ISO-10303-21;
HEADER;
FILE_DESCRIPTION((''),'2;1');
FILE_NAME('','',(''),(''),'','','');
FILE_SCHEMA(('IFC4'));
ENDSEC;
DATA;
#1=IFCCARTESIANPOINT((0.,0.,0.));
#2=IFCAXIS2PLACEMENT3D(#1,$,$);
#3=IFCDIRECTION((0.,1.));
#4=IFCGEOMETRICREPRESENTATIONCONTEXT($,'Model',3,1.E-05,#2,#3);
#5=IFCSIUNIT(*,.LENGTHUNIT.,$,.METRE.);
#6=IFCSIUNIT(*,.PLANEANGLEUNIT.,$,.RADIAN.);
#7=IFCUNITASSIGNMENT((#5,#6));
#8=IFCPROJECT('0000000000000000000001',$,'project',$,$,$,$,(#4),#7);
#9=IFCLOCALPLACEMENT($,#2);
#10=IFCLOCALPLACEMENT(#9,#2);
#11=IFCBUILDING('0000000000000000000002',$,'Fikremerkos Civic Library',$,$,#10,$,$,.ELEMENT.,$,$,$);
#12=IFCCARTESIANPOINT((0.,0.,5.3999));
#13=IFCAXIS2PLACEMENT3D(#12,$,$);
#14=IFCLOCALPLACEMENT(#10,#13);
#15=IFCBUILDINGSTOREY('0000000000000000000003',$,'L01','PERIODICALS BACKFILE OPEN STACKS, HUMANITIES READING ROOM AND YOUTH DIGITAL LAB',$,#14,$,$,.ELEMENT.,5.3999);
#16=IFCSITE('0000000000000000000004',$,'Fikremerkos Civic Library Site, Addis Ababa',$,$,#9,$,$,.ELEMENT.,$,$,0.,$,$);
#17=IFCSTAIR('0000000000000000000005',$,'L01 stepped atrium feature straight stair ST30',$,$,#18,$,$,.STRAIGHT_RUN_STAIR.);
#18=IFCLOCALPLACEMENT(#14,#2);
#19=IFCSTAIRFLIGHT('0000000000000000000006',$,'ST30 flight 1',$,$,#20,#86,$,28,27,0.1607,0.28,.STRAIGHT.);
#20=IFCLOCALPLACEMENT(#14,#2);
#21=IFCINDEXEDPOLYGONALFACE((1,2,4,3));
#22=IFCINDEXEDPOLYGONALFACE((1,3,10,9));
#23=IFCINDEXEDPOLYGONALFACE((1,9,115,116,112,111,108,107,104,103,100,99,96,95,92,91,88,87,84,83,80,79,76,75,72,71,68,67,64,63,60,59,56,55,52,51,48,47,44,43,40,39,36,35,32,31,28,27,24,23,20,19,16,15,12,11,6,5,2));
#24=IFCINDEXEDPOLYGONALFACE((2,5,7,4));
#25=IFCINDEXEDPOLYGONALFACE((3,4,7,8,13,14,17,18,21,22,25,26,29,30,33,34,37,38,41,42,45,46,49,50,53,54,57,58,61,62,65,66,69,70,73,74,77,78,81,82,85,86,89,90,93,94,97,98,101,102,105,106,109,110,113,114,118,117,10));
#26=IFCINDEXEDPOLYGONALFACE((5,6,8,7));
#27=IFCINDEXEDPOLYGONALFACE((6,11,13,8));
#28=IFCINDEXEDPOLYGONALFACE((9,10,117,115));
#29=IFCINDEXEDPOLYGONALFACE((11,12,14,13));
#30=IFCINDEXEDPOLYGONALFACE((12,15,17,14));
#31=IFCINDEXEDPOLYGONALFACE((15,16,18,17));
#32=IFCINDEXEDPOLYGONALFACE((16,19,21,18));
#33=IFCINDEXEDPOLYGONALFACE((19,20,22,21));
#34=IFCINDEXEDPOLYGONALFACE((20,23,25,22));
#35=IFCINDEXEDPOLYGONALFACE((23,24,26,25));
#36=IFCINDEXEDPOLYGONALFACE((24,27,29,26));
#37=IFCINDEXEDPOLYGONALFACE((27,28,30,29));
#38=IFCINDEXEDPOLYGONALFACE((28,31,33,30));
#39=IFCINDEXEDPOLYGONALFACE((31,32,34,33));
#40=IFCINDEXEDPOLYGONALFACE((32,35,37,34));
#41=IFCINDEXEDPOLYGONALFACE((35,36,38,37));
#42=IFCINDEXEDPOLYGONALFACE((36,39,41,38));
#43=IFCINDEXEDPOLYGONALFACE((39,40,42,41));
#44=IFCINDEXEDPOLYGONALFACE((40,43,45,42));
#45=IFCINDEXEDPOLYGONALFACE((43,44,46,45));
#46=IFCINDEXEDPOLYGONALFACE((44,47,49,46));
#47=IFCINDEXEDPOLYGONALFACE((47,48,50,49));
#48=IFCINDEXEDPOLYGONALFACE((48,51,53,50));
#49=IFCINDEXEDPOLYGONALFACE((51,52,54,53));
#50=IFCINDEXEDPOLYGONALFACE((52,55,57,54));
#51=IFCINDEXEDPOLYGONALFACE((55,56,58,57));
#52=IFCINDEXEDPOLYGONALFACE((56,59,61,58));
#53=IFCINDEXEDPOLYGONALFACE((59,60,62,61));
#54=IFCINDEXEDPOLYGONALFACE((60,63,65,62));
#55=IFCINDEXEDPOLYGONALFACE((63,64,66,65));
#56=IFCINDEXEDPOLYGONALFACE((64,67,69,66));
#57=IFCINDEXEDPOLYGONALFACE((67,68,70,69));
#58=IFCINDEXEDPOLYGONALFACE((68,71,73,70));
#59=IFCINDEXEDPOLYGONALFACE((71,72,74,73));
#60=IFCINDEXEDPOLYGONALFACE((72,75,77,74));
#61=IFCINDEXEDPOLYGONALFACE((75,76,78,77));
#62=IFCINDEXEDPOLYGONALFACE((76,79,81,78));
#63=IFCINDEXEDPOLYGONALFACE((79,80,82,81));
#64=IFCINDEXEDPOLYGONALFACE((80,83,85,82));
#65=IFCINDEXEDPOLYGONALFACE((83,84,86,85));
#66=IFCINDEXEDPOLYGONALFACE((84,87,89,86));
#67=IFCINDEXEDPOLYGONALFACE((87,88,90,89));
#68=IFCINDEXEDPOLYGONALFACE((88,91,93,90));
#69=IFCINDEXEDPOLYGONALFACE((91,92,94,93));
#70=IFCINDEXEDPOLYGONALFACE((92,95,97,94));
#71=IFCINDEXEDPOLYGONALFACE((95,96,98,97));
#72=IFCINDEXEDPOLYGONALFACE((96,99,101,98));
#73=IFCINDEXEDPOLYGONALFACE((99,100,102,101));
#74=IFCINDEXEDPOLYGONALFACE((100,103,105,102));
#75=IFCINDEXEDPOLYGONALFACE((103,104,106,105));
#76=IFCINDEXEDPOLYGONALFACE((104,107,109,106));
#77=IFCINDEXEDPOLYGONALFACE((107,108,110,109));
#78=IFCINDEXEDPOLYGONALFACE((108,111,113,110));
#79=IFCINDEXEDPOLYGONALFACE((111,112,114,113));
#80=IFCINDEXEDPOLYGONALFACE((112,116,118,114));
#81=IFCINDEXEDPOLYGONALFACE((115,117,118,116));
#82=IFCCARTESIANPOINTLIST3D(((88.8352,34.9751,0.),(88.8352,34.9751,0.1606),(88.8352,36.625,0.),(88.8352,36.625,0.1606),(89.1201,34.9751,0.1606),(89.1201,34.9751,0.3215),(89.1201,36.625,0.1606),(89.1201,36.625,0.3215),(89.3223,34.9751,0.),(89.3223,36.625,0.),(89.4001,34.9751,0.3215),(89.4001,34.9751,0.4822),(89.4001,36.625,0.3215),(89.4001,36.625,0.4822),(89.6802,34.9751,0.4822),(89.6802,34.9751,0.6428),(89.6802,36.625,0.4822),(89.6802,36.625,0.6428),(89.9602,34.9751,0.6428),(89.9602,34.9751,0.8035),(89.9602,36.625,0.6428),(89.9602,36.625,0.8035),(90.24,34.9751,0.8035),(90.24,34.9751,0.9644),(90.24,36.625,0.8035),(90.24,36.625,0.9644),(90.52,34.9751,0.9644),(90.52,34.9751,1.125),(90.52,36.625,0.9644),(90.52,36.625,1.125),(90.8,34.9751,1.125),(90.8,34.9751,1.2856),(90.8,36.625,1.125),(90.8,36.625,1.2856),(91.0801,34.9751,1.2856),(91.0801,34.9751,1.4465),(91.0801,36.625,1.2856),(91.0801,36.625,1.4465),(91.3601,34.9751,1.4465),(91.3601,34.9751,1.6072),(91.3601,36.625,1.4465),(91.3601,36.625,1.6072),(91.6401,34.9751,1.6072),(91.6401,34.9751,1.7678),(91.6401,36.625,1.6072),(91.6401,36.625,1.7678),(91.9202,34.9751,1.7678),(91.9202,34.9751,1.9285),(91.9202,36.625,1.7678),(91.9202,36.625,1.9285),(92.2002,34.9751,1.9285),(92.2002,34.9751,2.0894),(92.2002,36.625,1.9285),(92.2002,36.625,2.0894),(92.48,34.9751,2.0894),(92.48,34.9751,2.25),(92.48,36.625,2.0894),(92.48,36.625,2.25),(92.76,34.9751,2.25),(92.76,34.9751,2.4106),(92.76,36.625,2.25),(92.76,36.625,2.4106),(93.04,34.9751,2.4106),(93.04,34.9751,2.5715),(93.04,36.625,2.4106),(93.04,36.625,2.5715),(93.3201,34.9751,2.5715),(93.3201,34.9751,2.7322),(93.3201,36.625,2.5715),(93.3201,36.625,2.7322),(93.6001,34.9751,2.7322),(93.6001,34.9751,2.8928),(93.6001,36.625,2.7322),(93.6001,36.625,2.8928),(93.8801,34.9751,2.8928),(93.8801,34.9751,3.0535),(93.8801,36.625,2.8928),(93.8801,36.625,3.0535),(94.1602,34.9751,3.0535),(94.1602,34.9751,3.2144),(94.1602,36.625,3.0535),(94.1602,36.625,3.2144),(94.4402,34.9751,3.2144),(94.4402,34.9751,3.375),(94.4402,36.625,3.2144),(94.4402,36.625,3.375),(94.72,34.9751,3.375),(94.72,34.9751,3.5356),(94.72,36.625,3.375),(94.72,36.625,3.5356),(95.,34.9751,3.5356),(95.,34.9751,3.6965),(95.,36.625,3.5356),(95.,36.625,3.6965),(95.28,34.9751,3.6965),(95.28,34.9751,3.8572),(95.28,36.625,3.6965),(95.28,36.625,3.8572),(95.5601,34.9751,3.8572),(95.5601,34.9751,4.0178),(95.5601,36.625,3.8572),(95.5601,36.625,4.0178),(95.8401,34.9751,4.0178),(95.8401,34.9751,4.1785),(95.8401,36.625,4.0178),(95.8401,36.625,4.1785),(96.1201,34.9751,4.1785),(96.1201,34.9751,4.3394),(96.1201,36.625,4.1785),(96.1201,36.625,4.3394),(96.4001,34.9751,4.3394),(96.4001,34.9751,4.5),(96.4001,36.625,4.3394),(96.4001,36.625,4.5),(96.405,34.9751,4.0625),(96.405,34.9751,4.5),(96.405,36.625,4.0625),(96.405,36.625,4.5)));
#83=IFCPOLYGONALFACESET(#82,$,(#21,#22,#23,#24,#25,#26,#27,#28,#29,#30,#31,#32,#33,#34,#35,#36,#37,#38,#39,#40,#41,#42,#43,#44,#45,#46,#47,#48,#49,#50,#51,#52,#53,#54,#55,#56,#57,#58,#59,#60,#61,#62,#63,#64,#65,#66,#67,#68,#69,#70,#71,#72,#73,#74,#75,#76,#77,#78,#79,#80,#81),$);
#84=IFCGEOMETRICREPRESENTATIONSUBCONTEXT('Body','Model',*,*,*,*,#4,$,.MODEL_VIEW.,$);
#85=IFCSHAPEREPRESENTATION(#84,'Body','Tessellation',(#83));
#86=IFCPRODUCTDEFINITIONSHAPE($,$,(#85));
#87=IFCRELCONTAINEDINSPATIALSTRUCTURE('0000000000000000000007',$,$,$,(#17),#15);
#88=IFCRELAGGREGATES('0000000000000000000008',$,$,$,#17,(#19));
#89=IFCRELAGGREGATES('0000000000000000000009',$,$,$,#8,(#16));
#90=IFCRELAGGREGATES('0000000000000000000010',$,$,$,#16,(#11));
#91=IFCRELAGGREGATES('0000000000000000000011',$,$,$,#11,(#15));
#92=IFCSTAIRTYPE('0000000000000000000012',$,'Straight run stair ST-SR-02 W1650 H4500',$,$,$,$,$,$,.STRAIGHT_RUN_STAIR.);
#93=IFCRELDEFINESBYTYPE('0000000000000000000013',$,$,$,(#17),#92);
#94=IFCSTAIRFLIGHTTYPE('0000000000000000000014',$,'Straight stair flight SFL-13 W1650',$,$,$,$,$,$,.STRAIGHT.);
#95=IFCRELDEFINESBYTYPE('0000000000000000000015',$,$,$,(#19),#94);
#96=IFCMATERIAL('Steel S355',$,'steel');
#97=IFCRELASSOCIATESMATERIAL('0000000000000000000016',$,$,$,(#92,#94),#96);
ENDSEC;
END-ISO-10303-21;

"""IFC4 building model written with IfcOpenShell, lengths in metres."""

from ifc_helpers import new_model, si_unit, direction, frame, origin, place, context, subcontext, project, spatial, polyline, outline, extrude, material, type_object, element, aggregate, save


model = new_model("IFC4")

# Units and contexts
model_context = context("Model", 3, precision=1e-05, world=origin(), true_north=direction((0.0, 1.0)))
body_context = subcontext(model_context, "Body", "Model", "MODEL_VIEW")
ifc_project = project(units=[si_unit("LENGTHUNIT", "METRE"), si_unit("PLANEANGLEUNIT", "RADIAN")], contexts=[model_context])

# Site, building, storey
site_placement = place(None, origin())
site = spatial("IfcSite", under=ifc_project, at=site_placement, Name="Fikremerkos Civic Library Site, Addis Ababa", CompositionType="ELEMENT", RefElevation=0.0)
building_placement = place(site_placement, origin())
building = spatial("IfcBuilding", under=site, at=building_placement, Name="Fikremerkos Civic Library", CompositionType="ELEMENT")
storey_placement = place(building_placement, frame((0.0, 0.0, 5.3999)))
storey = spatial("IfcBuildingStorey", under=building, at=storey_placement, Name="L01", Description="PERIODICALS BACKFILE OPEN STACKS, HUMANITIES READING ROOM AND YOUTH DIGITAL LAB", CompositionType="ELEMENT", Elevation=5.3999)

# Shared definitions
ifc_material_1 = material(Name="Steel S355", Category="steel")

# Stair, stair flight
stair_type = type_object("IfcStairType", Name="Straight run stair ST-SR-02 W1650 H4500", PredefinedType="STRAIGHT_RUN_STAIR", material=ifc_material_1)
stair_placement = place(storey_placement, origin())
stair = element("IfcStair", 1, at=stair_placement, inside=storey, type_object=stair_type, Name="L01 stepped atrium feature straight stair ST30", PredefinedType="STRAIGHT_RUN_STAIR")
stair_flight_type = type_object("IfcStairFlightType", Name="Straight stair flight SFL-13 W1650", PredefinedType="STRAIGHT", material=ifc_material_1)
stair_flight_placement = place(storey_placement, frame((88.8401, 35.8, 0.0), z_axis=(0.0, 0.0, 1.0), x_axis=(1.0, 0.0, 0.0)))
stair_flight = element("IfcStairFlight", 2, at=stair_flight_placement, type_object=stair_flight_type, Name="ST30 flight 1", NumberOfRisers=28, NumberOfTreads=27, PredefinedType="STRAIGHT", RiserHeight=0.1607, TreadLength=0.28, context=body_context, shape_type="SweptSolid", body=[
    extrude(outline(polyline([(-0.0049, 0.0), (-0.0049, 0.1606), (0.28, 0.1606), (0.28, 0.3215), (0.5601, 0.3215), (0.5601, 0.4822), (0.8401, 0.4822), (0.8401, 0.6428), (1.1201, 0.6428), (1.1201, 0.8035), (1.3999, 0.8035), (1.3999, 0.9644), (1.6799, 0.9644), (1.6799, 1.125), (1.96, 1.125), (1.96, 1.2856), (2.24, 1.2856), (2.24, 1.4465), (2.52, 1.4465), (2.52, 1.6072), (2.8, 1.6072), (2.8, 1.7678), (3.0801, 1.7678), (3.0801, 1.9285), (3.3601, 1.9285), (3.3601, 2.0894), (3.6399, 2.0894), (3.6399, 2.25), (3.9199, 2.25), (3.9199, 2.4106), (4.2, 2.4106), (4.2, 2.5715), (4.48, 2.5715), (4.48, 2.7322), (4.76, 2.7322), (4.76, 2.8928), (5.04, 2.8928), (5.04, 3.0535), (5.3201, 3.0535), (5.3201, 3.2144), (5.6001, 3.2144), (5.6001, 3.375), (5.8799, 3.375), (5.8799, 3.5356), (6.1599, 3.5356), (6.1599, 3.6965), (6.4399, 3.6965), (6.4399, 3.8572), (6.72, 3.8572), (6.72, 4.0178), (7.0, 4.0178), (7.0, 4.1785), (7.28, 4.1785), (7.28, 4.3394), (7.5601, 4.3394), (7.5601, 4.5), (7.5649, 4.5), (7.5649, 4.0625), (0.4822, 0.0), (-0.0049, 0.0)])), frame((0.0, 0.825, 0.0), z_axis=(0.0, -1.0, 0.0), x_axis=(1.0, 0.0, 0.0)), (0.0, 0.0, 1.0), 1.6499),
])
aggregate(stair, [stair_flight])

save(model, "model.ifc")
